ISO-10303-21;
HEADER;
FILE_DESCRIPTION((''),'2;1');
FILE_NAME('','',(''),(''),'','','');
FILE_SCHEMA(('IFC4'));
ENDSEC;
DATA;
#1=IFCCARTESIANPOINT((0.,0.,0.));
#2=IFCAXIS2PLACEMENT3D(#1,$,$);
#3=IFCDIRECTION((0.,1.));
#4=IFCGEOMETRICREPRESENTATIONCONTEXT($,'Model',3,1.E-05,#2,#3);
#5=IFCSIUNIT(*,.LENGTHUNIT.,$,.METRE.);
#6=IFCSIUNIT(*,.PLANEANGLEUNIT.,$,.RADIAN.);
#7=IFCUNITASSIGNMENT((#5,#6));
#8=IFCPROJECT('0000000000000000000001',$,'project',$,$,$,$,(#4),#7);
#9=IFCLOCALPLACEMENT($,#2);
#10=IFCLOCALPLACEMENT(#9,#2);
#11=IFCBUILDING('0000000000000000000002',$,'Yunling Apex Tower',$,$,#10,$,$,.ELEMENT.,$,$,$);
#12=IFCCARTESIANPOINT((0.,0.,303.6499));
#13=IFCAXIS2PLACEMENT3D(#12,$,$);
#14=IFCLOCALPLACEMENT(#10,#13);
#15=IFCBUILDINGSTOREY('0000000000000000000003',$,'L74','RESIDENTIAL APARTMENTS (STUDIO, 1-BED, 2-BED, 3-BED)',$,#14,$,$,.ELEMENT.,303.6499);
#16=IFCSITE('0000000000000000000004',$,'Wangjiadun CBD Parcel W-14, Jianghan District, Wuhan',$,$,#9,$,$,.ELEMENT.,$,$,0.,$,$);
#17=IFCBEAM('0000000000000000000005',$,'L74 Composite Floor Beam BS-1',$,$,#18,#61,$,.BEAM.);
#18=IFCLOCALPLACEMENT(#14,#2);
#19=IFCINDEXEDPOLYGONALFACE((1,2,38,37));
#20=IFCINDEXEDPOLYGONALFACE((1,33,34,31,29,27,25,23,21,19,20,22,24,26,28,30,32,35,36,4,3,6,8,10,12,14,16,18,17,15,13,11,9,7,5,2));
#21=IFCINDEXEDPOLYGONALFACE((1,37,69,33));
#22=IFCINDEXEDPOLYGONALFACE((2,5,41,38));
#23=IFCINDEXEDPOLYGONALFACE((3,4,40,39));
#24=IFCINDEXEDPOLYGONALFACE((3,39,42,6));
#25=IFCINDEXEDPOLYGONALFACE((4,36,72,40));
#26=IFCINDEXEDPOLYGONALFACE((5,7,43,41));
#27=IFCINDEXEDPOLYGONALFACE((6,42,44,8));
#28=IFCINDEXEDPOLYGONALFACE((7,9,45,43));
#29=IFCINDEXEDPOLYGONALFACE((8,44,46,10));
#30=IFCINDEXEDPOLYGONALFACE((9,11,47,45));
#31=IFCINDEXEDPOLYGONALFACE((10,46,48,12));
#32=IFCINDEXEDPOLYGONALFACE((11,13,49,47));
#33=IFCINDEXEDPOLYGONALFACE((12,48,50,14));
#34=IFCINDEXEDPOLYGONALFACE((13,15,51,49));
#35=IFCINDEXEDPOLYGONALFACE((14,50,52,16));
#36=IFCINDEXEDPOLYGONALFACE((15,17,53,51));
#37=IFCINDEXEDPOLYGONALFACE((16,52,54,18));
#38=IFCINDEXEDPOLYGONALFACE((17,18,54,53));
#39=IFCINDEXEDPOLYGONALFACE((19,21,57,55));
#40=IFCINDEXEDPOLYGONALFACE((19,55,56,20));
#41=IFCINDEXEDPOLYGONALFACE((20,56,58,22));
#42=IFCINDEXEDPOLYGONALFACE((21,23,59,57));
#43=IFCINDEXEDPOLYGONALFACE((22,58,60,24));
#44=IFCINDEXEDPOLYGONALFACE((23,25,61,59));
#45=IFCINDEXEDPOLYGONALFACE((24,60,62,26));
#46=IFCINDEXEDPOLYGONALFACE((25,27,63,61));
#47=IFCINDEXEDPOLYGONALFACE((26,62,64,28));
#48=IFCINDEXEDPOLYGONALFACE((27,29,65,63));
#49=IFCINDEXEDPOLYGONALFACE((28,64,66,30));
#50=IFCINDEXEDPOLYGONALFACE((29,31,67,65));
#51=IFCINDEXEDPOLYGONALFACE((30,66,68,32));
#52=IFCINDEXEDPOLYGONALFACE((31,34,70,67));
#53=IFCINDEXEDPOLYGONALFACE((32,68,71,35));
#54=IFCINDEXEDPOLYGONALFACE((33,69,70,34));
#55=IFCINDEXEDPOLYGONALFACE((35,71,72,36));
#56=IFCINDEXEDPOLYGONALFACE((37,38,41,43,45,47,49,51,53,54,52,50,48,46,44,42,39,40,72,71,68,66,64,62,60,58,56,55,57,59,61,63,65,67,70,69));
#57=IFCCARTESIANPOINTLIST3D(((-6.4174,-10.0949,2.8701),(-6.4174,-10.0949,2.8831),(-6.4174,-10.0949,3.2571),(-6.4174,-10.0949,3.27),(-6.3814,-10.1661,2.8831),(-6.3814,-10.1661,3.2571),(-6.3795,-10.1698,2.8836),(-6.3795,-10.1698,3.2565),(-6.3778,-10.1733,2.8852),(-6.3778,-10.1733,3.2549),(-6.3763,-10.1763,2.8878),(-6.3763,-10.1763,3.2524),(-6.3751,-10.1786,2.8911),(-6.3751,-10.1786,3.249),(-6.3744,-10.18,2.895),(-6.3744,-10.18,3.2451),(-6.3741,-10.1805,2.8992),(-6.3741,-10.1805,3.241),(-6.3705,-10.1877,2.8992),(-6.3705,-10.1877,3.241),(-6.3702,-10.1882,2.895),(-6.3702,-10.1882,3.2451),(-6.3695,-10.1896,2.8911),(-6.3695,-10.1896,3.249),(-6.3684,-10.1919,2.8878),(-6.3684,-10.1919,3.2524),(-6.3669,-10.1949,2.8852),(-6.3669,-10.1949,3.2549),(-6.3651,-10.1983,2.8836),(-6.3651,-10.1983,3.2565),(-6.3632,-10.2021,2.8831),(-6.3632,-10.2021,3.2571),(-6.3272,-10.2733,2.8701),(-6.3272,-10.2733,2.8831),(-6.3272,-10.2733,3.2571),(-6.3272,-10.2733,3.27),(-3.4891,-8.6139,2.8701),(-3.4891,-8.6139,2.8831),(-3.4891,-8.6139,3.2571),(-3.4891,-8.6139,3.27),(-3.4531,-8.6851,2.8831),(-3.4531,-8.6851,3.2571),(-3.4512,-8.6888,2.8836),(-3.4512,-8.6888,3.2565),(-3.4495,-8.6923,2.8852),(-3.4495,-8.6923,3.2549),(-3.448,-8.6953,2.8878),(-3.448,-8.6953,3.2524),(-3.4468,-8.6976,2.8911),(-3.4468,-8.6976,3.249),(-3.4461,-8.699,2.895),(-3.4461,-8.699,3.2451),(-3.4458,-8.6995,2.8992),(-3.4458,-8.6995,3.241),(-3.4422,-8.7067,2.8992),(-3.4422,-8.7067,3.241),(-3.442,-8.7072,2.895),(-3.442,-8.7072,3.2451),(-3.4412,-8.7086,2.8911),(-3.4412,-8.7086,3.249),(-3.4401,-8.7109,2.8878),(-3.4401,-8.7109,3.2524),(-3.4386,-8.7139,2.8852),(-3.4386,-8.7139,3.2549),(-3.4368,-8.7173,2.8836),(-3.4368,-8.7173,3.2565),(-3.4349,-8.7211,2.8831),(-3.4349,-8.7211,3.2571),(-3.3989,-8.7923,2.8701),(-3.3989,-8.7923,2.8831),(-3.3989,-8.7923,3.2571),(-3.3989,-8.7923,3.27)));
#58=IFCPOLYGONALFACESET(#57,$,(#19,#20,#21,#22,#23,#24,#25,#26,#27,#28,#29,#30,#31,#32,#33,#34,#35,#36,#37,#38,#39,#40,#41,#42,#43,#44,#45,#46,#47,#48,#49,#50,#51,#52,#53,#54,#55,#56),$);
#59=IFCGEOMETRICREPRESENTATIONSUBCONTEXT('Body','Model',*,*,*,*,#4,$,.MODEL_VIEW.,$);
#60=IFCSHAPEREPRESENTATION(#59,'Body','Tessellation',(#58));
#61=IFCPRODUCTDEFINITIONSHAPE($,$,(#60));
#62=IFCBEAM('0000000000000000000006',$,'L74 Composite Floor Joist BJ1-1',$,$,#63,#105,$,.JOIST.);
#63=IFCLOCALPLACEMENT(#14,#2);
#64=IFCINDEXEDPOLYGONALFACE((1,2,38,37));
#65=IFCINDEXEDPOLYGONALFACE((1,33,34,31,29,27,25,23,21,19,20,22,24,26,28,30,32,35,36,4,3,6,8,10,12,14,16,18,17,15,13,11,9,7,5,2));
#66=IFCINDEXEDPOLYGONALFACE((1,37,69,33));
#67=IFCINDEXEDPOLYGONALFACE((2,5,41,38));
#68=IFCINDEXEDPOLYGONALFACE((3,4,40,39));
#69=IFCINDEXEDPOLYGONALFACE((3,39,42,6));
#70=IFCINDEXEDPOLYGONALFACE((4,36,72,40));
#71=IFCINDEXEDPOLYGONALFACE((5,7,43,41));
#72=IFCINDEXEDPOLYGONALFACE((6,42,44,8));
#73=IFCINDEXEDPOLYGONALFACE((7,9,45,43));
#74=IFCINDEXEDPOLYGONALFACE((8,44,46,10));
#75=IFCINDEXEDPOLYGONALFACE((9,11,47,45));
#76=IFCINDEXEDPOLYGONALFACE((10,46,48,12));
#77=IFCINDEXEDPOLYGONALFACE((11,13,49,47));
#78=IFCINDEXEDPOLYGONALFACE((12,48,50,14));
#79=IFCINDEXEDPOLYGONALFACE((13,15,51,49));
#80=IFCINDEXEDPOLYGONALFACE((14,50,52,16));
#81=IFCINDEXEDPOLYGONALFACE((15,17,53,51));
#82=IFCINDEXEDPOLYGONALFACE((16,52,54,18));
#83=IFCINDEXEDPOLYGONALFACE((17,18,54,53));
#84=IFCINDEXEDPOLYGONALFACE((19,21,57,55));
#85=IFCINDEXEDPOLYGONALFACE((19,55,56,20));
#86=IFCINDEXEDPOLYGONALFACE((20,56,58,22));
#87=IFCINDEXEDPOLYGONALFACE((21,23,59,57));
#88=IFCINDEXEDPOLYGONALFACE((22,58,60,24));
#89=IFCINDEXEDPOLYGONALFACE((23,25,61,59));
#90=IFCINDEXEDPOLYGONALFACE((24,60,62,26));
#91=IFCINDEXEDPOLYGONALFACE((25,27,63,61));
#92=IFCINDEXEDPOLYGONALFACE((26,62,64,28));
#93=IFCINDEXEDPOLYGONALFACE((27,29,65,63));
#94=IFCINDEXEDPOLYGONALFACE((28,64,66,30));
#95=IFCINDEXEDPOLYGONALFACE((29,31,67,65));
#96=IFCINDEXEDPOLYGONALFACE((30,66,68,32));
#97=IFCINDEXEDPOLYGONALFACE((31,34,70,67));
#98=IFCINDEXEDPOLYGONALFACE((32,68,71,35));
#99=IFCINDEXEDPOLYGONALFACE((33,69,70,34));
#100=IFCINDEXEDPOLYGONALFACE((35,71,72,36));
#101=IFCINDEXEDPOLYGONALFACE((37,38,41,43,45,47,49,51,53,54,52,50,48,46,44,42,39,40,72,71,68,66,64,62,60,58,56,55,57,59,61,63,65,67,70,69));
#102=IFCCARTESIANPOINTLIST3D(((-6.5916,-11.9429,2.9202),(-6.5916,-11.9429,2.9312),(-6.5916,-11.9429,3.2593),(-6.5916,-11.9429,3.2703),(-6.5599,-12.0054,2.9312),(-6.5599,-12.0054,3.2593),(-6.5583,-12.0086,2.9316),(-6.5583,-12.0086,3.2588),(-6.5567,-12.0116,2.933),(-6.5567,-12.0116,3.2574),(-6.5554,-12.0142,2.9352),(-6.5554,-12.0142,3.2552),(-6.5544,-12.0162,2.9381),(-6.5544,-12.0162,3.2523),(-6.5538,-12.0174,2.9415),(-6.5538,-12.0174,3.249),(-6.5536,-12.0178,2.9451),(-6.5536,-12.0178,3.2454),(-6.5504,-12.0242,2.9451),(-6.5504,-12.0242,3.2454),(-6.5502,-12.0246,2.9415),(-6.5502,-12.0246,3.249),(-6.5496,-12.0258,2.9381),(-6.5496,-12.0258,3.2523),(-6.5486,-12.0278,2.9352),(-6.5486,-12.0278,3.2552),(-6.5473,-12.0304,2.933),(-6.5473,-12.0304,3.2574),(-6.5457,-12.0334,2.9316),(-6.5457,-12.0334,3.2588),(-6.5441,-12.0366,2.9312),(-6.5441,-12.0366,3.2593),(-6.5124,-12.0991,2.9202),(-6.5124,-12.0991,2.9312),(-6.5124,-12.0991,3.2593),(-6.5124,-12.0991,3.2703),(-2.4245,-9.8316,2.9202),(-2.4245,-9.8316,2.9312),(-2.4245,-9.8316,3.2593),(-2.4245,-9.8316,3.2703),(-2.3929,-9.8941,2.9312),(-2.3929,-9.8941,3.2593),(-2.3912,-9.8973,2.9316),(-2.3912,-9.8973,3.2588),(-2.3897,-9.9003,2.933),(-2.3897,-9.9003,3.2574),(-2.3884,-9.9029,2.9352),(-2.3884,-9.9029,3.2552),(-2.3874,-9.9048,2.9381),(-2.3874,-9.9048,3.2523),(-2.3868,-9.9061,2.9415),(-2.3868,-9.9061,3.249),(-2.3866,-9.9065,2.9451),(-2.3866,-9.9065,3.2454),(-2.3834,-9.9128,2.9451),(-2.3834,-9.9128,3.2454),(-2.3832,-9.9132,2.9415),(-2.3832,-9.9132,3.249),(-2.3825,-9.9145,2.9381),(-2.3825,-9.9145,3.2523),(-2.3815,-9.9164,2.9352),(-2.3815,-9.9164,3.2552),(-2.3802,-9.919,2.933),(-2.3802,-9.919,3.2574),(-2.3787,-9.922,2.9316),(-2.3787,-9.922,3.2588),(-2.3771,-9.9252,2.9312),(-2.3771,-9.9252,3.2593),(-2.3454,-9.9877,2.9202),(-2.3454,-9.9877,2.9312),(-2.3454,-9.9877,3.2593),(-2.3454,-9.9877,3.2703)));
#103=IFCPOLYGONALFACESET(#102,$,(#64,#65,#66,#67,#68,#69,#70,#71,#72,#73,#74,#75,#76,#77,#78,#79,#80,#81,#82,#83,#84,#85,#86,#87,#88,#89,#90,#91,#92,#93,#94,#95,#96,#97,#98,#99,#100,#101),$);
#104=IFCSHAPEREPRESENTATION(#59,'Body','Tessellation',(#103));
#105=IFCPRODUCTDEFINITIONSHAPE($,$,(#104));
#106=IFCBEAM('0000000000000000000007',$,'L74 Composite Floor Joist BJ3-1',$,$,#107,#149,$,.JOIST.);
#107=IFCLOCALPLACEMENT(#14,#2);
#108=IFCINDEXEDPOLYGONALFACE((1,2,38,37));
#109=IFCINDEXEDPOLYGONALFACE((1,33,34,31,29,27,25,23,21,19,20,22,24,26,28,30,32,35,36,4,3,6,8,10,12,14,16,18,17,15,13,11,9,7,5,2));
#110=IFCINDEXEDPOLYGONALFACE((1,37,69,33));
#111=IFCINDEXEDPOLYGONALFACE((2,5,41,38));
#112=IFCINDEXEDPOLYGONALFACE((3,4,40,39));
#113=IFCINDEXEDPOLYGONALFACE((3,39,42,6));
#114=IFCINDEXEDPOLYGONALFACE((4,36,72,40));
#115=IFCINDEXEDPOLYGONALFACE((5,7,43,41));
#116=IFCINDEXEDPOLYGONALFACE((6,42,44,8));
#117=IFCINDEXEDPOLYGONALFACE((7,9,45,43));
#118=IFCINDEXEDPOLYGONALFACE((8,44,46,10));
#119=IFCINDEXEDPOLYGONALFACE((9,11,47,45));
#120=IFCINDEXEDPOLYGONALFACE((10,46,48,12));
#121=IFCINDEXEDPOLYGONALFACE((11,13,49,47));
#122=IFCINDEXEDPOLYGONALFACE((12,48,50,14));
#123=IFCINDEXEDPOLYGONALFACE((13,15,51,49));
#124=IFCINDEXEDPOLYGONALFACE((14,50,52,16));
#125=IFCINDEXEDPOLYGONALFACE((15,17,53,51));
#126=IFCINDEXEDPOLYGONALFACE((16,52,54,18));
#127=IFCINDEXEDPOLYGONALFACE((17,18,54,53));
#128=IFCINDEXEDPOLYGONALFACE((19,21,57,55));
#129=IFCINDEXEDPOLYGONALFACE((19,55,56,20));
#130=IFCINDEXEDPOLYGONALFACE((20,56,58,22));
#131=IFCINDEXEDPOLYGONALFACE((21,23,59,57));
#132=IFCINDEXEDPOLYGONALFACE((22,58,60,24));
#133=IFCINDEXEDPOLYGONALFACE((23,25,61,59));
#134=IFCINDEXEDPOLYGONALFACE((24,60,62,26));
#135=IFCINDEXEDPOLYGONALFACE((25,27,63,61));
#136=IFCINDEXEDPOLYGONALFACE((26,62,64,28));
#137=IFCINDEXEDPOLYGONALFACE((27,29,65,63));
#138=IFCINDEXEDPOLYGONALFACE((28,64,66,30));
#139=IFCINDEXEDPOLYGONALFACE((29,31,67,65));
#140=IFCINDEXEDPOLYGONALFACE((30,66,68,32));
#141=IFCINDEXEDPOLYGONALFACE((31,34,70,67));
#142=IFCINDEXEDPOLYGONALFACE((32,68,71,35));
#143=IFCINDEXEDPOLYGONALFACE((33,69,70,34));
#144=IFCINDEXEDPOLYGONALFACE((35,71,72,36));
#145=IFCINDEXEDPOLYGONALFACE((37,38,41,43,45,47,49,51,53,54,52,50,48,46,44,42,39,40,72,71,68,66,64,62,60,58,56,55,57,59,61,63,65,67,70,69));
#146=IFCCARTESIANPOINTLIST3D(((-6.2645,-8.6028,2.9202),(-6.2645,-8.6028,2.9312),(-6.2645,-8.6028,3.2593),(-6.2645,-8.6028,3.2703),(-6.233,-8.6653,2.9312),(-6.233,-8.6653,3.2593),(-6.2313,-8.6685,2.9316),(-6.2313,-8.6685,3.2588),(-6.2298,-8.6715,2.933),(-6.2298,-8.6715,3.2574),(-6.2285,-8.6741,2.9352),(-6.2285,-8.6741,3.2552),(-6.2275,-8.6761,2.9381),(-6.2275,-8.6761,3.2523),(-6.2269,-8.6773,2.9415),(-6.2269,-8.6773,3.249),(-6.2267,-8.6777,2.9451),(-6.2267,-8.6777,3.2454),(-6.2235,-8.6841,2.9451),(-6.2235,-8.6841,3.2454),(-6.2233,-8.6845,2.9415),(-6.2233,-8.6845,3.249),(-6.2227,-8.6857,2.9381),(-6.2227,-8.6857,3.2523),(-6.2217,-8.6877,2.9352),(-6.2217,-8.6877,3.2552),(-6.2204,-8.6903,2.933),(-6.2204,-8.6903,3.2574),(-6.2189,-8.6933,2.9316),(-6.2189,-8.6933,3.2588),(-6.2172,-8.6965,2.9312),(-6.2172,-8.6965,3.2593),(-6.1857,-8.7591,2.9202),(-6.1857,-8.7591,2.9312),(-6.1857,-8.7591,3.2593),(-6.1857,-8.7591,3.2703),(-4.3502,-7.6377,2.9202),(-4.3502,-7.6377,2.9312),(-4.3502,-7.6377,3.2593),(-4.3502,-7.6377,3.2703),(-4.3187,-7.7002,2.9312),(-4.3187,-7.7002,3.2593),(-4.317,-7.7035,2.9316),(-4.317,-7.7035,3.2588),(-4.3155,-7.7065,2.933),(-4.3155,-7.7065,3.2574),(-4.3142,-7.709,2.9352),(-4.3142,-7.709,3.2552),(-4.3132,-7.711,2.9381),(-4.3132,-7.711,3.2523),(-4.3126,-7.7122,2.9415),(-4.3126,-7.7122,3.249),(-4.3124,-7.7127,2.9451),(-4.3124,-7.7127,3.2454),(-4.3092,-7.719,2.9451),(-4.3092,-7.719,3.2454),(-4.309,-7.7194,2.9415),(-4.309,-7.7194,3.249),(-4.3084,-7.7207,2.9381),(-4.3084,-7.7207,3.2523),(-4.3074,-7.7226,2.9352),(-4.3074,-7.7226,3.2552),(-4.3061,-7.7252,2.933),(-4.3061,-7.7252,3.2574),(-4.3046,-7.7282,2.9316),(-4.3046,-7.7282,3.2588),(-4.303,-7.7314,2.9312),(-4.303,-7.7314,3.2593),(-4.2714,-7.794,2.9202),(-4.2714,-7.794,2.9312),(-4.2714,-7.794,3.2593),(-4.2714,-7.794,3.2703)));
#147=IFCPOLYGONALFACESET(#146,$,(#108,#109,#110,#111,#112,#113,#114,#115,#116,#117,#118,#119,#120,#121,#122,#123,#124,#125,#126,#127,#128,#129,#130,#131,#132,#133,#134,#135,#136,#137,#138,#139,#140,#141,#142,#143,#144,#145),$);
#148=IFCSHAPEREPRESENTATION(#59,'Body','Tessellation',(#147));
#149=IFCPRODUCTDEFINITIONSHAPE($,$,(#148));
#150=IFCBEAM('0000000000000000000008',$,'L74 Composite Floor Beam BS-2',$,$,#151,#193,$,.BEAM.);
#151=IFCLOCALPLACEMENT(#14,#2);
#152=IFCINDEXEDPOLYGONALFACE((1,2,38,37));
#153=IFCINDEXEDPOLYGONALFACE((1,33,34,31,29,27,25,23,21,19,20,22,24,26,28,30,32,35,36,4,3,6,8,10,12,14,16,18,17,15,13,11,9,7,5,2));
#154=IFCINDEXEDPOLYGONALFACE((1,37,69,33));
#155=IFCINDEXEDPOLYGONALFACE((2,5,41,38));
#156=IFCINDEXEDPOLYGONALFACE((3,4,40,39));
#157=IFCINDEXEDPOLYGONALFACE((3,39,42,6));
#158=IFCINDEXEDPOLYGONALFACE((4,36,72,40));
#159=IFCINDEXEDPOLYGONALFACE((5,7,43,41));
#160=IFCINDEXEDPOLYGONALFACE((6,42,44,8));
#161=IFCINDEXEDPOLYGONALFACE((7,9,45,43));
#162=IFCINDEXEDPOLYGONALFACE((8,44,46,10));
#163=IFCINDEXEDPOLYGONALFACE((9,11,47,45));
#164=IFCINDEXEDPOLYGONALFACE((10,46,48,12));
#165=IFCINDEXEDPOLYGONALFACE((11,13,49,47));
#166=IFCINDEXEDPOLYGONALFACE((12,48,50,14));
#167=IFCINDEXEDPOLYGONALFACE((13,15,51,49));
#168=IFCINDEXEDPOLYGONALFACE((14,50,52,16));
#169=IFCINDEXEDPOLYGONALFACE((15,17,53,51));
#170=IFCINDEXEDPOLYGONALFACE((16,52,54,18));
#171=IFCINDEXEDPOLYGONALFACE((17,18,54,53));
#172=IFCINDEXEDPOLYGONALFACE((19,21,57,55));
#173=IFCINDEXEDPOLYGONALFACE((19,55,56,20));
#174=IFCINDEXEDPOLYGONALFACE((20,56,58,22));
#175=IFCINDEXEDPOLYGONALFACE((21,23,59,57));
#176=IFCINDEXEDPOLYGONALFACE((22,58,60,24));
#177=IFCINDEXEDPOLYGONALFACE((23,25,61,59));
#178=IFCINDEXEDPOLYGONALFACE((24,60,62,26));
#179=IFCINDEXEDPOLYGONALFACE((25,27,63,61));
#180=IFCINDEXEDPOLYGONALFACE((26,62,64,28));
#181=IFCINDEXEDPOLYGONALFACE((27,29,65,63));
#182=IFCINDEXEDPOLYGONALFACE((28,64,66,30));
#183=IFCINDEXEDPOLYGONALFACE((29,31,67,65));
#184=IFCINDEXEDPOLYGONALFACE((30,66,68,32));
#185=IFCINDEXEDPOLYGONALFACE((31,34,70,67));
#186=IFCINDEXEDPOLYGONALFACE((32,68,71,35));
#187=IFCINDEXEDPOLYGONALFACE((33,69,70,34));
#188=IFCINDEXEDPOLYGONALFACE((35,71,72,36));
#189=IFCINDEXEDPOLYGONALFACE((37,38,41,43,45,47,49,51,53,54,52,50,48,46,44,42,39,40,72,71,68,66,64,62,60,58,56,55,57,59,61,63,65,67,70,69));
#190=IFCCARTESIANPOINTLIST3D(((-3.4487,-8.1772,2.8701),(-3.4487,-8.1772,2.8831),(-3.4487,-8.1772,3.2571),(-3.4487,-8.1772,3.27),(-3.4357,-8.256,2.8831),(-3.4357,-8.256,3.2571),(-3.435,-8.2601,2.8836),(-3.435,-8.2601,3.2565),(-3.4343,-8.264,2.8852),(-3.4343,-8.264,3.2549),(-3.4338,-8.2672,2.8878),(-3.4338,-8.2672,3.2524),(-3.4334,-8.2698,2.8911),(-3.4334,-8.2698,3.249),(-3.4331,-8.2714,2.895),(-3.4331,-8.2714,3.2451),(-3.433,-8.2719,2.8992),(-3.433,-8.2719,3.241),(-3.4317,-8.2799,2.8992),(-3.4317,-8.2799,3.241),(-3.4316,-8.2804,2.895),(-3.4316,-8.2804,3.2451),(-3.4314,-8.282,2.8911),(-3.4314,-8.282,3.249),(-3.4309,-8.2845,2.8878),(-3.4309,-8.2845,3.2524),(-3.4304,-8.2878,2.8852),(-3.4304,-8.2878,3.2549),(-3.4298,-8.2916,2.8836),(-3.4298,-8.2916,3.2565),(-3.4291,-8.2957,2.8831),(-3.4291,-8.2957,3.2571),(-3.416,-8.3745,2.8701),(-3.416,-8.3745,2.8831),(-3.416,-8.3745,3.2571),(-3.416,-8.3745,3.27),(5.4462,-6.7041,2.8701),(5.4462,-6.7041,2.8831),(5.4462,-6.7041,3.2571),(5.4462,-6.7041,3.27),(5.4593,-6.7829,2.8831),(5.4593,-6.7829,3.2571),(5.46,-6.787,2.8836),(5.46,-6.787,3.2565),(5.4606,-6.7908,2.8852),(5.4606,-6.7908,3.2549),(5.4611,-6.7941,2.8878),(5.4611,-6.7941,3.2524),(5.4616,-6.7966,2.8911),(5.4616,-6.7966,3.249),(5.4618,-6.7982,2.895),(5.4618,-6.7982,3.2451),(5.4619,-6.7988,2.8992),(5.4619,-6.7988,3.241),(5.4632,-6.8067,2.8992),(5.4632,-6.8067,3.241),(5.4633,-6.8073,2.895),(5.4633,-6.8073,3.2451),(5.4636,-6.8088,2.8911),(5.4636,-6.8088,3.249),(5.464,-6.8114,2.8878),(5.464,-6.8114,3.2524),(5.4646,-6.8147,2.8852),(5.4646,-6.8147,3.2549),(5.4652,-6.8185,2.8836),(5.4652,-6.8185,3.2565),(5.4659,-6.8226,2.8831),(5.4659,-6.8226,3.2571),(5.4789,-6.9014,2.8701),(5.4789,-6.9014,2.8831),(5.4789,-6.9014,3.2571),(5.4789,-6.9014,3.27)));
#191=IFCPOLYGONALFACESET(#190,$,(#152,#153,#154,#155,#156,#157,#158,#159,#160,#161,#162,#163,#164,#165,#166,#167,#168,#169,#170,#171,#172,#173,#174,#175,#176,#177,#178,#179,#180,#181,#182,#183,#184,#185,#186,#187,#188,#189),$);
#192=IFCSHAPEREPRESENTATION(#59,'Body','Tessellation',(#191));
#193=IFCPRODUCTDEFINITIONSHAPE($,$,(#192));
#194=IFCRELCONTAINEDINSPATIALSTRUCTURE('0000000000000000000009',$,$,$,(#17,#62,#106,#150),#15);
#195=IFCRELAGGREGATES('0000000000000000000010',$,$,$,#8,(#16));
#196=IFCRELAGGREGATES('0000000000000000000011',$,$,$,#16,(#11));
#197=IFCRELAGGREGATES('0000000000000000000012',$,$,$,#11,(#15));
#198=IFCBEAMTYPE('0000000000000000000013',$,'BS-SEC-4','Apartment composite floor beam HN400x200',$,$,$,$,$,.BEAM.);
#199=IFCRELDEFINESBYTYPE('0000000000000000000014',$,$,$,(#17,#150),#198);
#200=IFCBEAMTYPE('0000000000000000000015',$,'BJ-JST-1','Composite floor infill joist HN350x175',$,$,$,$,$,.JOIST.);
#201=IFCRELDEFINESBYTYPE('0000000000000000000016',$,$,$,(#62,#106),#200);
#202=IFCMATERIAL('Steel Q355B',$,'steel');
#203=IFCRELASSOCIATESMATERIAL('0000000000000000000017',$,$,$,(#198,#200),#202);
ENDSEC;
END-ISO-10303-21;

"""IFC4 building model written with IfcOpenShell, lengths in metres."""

from ifc_helpers import new_model, si_unit, direction, frame, origin, origin_2d, place, context, subcontext, project, spatial, i_section, extrude, source, transform, mapped, material, material_profile, profile_set, type_object, element, save


model = new_model("IFC4")

# Units and contexts
model_context = context("Model", 3, precision=1e-05, world=origin(), true_north=direction((0.0, 1.0)))
body_context = subcontext(model_context, "Body", "Model", "MODEL_VIEW")
ifc_project = project(units=[si_unit("LENGTHUNIT", "METRE"), si_unit("PLANEANGLEUNIT", "RADIAN")], contexts=[model_context])

# Site, building, storey
site_placement = place(None, origin())
site = spatial("IfcSite", under=ifc_project, at=site_placement, Name="Wangjiadun CBD Parcel W-14, Jianghan District, Wuhan", CompositionType="ELEMENT", RefElevation=0.0)
building_placement = place(site_placement, origin())
building = spatial("IfcBuilding", under=site, at=building_placement, Name="Yunling Apex Tower", CompositionType="ELEMENT")
storey_placement = place(building_placement, frame((0.0, 0.0, 303.6499)))
storey = spatial("IfcBuildingStorey", under=building, at=storey_placement, Name="L74", Description="RESIDENTIAL APARTMENTS (STUDIO, 1-BED, 2-BED, 3-BED)", CompositionType="ELEMENT", Elevation=303.6499)

# Shared definitions
ifc_material_1 = material(Name="Steel Q355B", Category="steel")

# Beams
ifc_material_profile_1 = material_profile(ifc_material_1, i_section(OverallWidth=0.2, OverallDepth=0.3999, WebThickness=0.0081, FlangeThickness=0.0129, FilletRadius=0.0161, at=origin_2d()))
ifc_profile_set_1 = profile_set([ifc_material_profile_1], Name="Steel Q355B")
beam_type_1 = type_object("IfcBeamType", Name="BS-SEC-4", Description="Apartment composite floor beam HN400x200", PredefinedType="BEAM", material=ifc_profile_set_1)
shared_shape_1 = source(origin(), body_context, "Body", "SweptSolid", [
    extrude(i_section(OverallWidth=0.2, OverallDepth=0.3999, WebThickness=0.0081, FlangeThickness=0.0129, FilletRadius=0.0161, at=origin_2d()), origin(), (0.0, 0.0, 1.0), 3.2815),
])
beam_1_placement = place(storey_placement, frame((-6.3723, -10.1841, 3.0701), z_axis=(0.892364, 0.451316, 0.0), x_axis=(-0.451316, 0.892364, 0.0)))
element("IfcBeam", 1, at=beam_1_placement, inside=storey, type_object=beam_type_1, Name="L74 Composite Floor Beam BS-1", PredefinedType="BEAM", context=body_context, shape_type="MappedRepresentation", body=[
    mapped(shared_shape_1, transform((0.0, 0.0, 0.0), scale=1.0)),
])
ifc_material_profile_2 = material_profile(ifc_material_1, i_section(OverallWidth=0.175, OverallDepth=0.3501, WebThickness=0.0071, FlangeThickness=0.011, FilletRadius=0.0139, at=origin_2d()))
ifc_profile_set_2 = profile_set([ifc_material_profile_2], Name="Steel Q355B")
beam_type_2 = type_object("IfcBeamType", Name="BJ-JST-1", Description="Composite floor infill joist HN350x175", PredefinedType="JOIST", material=ifc_profile_set_2)
shared_shape_2 = source(origin(), body_context, "Body", "SweptSolid", [
    extrude(i_section(OverallWidth=0.175, OverallDepth=0.3501, WebThickness=0.0071, FlangeThickness=0.011, FilletRadius=0.0139, at=origin_2d()), origin(), (0.0, 0.0, 1.0), 4.6714),
])
beam_2_placement = place(storey_placement, frame((-6.552, -12.021, 3.0952), z_axis=(0.892031, 0.451974, 0.0), x_axis=(-0.451974, 0.892031, 0.0)))
element("IfcBeam", 2, at=beam_2_placement, inside=storey, type_object=beam_type_2, Name="L74 Composite Floor Joist BJ1-1", PredefinedType="JOIST", context=body_context, shape_type="MappedRepresentation", body=[
    mapped(shared_shape_2, transform((0.0, 0.0, 0.0), scale=1.0)),
])
shared_shape_3 = source(origin(), body_context, "Body", "SweptSolid", [
    extrude(i_section(OverallWidth=0.175, OverallDepth=0.3501, WebThickness=0.0071, FlangeThickness=0.011, FilletRadius=0.0139, at=origin_2d()), origin(), (0.0, 0.0, 1.0), 2.1438),
])
beam_3_placement = place(storey_placement, frame((-6.2251, -8.6809, 3.0952), z_axis=(0.892942, 0.450172, 0.0), x_axis=(-0.450172, 0.892942, 0.0)))
element("IfcBeam", 3, at=beam_3_placement, inside=storey, type_object=beam_type_2, Name="L74 Composite Floor Joist BJ3-1", PredefinedType="JOIST", context=body_context, shape_type="MappedRepresentation", body=[
    mapped(shared_shape_3, transform((0.0, 0.0, 0.0), scale=1.0)),
])
shared_shape_4 = source(origin(), body_context, "Body", "SweptSolid", [
    extrude(i_section(OverallWidth=0.2, OverallDepth=0.3999, WebThickness=0.0081, FlangeThickness=0.0129, FilletRadius=0.0161, at=origin_2d()), origin(), (0.0, 0.0, 1.0), 9.0161),
])
beam_4_placement = place(storey_placement, frame((-3.4324, -8.2759, 3.0701), z_axis=(0.986562, 0.163389, 0.0), x_axis=(-0.163389, 0.986562, 0.0)))
element("IfcBeam", 4, at=beam_4_placement, inside=storey, type_object=beam_type_1, Name="L74 Composite Floor Beam BS-2", PredefinedType="BEAM", context=body_context, shape_type="MappedRepresentation", body=[
    mapped(shared_shape_4, transform((0.0, 0.0, 0.0), scale=1.0)),
])

save(model, "model.ifc")
